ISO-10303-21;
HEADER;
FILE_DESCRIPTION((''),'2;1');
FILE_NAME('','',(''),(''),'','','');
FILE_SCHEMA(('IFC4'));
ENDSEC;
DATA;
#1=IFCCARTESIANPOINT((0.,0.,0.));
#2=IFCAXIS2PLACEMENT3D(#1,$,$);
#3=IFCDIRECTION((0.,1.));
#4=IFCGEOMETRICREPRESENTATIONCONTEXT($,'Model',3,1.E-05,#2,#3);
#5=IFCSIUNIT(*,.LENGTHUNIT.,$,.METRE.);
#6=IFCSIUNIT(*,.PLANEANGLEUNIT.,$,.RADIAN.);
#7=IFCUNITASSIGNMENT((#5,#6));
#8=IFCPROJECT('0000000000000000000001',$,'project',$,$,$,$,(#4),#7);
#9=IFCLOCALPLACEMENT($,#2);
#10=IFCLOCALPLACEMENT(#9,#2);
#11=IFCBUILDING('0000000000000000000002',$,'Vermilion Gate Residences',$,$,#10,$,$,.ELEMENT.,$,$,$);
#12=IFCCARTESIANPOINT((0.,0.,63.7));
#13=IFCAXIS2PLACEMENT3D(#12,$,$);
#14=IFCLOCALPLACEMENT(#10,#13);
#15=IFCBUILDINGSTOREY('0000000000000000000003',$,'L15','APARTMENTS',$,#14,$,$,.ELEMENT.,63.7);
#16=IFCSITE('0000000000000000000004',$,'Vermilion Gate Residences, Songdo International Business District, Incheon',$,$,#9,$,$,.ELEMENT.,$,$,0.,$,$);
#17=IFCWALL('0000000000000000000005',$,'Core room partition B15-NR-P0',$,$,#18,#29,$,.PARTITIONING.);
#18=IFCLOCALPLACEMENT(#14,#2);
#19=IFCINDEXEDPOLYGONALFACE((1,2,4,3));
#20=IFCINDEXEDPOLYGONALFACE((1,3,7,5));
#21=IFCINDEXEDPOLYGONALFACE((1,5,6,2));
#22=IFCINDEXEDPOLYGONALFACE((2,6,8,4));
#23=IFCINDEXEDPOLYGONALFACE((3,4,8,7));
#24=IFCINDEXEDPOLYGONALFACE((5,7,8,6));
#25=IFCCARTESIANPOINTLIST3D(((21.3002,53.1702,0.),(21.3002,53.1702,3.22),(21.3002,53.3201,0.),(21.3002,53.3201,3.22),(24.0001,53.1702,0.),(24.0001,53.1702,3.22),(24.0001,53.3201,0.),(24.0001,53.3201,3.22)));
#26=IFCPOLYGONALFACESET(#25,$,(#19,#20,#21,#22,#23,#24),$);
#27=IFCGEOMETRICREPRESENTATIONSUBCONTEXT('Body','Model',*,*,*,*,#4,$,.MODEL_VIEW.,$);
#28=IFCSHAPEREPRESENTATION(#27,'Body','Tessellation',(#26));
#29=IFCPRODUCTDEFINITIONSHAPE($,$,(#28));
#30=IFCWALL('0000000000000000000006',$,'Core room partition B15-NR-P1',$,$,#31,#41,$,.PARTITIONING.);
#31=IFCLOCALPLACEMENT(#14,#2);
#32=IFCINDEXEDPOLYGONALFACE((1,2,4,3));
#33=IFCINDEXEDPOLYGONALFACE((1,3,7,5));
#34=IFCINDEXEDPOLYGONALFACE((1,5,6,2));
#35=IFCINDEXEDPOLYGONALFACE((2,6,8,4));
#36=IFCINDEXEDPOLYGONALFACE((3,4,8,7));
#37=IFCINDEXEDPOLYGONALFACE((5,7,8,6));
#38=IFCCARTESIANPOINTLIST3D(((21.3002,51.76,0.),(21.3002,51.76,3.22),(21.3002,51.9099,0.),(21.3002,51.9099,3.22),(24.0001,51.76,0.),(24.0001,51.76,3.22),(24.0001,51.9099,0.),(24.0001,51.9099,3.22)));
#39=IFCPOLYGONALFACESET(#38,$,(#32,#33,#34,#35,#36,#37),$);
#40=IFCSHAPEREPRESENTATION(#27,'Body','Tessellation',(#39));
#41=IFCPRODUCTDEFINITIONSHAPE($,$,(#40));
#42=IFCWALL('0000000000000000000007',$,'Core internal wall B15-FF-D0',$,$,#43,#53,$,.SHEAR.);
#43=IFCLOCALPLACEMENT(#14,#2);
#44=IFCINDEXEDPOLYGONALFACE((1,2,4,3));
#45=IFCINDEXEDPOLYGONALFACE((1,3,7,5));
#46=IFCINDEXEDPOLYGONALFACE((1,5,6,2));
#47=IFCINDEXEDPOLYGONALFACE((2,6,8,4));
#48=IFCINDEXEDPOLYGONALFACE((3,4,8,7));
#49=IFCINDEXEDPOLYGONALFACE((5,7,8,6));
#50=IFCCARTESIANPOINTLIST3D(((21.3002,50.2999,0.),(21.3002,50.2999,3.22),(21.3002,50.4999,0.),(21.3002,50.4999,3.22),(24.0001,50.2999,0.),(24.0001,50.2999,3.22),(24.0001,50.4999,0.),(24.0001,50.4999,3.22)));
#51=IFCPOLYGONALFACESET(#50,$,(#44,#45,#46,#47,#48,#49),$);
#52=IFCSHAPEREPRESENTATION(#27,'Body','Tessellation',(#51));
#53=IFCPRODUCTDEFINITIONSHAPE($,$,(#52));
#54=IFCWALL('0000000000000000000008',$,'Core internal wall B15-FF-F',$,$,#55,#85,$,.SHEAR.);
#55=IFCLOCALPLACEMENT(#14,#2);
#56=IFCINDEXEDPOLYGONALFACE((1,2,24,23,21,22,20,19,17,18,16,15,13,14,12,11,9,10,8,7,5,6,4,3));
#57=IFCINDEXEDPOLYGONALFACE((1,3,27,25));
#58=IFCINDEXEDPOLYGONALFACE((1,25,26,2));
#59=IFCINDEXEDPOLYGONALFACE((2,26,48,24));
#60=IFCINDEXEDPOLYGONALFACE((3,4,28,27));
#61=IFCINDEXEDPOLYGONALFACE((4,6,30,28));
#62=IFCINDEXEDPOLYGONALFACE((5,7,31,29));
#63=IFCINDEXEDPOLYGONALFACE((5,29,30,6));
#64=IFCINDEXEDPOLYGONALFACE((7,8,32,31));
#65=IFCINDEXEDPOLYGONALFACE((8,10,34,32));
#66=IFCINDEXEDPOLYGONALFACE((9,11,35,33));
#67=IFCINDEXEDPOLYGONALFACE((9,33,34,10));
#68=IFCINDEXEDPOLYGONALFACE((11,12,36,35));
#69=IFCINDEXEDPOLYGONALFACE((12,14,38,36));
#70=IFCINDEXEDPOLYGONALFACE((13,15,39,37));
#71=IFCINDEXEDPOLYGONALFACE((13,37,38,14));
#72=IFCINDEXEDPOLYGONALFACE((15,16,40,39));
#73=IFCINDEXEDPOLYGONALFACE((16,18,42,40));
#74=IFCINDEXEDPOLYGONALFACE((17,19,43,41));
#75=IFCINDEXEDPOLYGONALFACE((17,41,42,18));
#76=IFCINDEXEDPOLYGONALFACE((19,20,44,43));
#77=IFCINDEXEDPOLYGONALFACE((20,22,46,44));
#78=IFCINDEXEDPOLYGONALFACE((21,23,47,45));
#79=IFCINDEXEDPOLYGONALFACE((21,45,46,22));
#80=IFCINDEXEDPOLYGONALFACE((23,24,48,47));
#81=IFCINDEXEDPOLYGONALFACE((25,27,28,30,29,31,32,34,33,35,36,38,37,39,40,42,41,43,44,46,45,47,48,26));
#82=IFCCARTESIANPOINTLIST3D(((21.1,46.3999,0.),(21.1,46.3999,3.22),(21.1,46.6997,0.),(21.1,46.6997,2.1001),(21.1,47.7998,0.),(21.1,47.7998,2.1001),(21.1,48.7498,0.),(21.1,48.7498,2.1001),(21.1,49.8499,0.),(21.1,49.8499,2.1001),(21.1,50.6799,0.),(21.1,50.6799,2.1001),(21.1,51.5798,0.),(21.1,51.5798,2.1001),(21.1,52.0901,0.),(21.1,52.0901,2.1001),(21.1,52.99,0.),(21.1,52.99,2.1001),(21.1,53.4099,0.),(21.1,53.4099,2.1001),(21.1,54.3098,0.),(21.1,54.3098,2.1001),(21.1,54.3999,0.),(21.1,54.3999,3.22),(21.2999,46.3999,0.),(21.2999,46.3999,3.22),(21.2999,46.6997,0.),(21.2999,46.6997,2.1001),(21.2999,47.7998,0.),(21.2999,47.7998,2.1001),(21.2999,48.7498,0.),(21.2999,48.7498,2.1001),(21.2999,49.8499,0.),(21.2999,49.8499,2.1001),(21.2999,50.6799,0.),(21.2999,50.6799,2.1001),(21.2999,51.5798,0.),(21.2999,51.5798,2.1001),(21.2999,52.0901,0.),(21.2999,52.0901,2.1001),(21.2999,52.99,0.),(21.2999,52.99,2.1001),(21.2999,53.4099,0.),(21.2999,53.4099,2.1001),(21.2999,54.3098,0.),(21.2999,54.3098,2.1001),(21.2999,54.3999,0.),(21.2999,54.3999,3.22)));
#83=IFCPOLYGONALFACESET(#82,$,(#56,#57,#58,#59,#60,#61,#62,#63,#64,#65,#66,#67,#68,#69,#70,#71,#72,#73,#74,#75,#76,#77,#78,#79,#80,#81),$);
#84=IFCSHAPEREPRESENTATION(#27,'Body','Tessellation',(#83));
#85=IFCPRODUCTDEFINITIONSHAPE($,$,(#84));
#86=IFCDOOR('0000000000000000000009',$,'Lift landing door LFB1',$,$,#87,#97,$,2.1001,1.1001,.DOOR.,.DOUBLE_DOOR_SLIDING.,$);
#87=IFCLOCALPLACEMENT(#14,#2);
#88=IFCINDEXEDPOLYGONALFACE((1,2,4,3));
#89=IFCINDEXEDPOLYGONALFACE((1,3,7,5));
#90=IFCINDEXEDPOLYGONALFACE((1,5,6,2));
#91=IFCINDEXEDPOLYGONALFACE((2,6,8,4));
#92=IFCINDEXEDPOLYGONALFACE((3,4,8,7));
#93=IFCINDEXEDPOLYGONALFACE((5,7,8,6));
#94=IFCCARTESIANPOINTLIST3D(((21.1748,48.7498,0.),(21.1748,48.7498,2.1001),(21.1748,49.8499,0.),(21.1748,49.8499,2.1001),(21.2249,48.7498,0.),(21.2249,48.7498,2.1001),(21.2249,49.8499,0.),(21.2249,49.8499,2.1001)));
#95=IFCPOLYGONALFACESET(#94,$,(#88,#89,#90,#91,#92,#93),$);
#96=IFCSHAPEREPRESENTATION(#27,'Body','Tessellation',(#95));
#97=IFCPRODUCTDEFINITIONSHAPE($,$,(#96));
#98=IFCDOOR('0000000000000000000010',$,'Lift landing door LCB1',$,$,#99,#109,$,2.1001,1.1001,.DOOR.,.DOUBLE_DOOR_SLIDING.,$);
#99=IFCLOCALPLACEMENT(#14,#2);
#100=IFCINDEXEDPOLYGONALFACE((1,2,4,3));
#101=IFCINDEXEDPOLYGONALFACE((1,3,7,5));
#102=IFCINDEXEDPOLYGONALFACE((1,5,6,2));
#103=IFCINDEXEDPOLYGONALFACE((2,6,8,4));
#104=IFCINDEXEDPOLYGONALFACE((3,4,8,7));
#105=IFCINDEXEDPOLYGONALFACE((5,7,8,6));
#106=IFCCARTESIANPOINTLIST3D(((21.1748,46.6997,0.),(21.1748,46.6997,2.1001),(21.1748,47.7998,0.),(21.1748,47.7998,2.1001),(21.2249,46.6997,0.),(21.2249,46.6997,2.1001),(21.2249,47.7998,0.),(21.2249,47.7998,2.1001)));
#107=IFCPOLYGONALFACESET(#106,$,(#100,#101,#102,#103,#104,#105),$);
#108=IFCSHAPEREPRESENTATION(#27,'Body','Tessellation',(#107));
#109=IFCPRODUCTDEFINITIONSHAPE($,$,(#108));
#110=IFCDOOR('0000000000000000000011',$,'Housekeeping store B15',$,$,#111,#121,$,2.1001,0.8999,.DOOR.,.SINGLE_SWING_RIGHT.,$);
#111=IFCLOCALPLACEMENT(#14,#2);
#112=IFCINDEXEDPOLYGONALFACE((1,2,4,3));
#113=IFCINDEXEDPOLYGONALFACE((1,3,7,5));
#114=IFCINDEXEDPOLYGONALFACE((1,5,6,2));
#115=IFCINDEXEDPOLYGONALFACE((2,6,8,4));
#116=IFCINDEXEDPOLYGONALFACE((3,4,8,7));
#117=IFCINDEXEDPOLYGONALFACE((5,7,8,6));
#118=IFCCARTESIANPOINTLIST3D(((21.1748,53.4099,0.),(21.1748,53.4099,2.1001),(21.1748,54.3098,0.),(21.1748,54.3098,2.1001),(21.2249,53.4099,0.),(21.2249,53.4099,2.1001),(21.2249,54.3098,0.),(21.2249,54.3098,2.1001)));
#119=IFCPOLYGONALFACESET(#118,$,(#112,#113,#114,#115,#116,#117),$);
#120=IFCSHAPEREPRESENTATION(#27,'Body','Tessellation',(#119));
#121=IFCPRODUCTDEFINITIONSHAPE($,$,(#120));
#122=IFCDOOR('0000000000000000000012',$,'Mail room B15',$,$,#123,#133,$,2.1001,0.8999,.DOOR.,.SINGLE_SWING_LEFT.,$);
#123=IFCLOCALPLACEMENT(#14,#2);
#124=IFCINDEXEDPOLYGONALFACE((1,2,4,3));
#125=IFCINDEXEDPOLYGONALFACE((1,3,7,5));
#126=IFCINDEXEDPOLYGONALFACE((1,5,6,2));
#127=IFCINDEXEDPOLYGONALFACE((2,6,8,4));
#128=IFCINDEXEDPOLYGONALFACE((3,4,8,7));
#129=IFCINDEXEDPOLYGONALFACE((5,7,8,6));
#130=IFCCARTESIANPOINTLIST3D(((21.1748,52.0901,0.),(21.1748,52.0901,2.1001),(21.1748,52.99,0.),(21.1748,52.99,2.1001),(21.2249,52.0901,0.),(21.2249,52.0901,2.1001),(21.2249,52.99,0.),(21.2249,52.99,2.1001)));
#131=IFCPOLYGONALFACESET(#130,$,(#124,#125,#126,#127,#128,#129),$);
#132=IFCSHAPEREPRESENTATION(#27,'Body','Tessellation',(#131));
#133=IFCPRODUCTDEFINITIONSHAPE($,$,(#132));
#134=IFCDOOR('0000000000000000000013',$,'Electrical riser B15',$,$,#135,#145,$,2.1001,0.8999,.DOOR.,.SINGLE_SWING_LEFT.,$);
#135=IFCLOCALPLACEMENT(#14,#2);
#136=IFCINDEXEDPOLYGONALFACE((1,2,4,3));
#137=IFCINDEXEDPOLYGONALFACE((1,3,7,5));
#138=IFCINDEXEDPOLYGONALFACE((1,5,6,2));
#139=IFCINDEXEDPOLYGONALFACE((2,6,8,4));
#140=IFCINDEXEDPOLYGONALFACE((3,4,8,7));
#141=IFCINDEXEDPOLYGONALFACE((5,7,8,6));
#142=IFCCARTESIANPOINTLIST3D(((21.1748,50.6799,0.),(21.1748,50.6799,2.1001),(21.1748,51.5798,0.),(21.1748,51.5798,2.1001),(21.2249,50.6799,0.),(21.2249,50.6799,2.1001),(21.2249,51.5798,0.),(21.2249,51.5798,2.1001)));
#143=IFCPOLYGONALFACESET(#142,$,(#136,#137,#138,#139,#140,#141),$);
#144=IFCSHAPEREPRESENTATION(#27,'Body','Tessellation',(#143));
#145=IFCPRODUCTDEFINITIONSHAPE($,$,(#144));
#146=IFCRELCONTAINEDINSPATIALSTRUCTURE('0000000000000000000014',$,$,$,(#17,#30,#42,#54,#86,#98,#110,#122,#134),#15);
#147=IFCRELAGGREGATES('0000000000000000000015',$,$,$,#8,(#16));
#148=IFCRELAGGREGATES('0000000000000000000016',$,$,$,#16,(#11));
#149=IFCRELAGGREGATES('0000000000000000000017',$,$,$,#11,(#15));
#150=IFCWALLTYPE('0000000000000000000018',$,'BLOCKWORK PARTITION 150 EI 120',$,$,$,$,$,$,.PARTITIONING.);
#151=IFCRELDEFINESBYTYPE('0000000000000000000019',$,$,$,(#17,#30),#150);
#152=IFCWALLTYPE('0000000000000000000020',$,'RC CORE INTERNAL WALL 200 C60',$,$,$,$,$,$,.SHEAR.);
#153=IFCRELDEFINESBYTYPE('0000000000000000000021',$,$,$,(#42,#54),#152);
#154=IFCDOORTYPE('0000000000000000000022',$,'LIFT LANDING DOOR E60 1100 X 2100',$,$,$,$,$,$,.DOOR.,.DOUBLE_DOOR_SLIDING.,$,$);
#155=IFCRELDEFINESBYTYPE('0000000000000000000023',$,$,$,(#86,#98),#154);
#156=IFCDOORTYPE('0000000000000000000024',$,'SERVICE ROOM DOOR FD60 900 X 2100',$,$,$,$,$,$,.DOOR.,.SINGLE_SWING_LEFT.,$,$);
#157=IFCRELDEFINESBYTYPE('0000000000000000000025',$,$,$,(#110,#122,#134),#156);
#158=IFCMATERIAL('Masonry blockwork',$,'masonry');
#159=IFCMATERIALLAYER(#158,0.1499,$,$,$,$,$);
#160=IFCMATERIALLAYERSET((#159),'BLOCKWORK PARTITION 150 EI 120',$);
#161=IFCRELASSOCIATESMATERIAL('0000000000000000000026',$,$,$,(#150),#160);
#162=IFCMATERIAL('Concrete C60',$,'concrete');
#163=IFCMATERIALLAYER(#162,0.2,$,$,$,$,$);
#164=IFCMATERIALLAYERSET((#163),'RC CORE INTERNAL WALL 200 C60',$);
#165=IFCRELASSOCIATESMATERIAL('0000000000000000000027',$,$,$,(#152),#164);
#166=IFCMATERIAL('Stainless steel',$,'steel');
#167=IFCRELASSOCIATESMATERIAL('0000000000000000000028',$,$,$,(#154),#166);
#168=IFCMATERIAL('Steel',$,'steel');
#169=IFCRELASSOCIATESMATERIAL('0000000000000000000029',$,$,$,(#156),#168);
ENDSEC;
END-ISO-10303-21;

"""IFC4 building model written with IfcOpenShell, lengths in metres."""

from ifc_helpers import new_model, si_unit, direction, frame, frame_2d, origin, place, context, subcontext, project, spatial, rectangle, extrude, material, layer, layer_set, type_object, element, fill, save


model = new_model("IFC4")

# Units and contexts
model_context = context("Model", 3, precision=1e-05, world=origin(), true_north=direction((0.0, 1.0)))
body_context = subcontext(model_context, "Body", "Model", "MODEL_VIEW")
ifc_project = project(units=[si_unit("LENGTHUNIT", "METRE"), si_unit("PLANEANGLEUNIT", "RADIAN")], contexts=[model_context])

# Site, building, storey
site_placement = place(None, origin())
site = spatial("IfcSite", under=ifc_project, at=site_placement, Name="Vermilion Gate Residences, Songdo International Business District, Incheon", CompositionType="ELEMENT", RefElevation=0.0)
building_placement = place(site_placement, origin())
building = spatial("IfcBuilding", under=site, at=building_placement, Name="Vermilion Gate Residences", CompositionType="ELEMENT")
storey_placement = place(building_placement, frame((0.0, 0.0, 63.7)))
storey = spatial("IfcBuildingStorey", under=building, at=storey_placement, Name="L15", Description="APARTMENTS", CompositionType="ELEMENT", Elevation=63.7)

# Walls
ifc_material_1 = material(Name="Masonry blockwork", Category="masonry")
ifc_layer_1 = layer(ifc_material_1, 0.1499)
ifc_layer_set_1 = layer_set([ifc_layer_1], Name="BLOCKWORK PARTITION 150 EI 120")
wall_type_1 = type_object("IfcWallType", Name="BLOCKWORK PARTITION 150 EI 120", PredefinedType="PARTITIONING", material=ifc_layer_set_1)
for number, where, z_axis, x_axis, name in (
    (1, (21.3, 53.2451, 0.0), (0.0, 0.0, 1.0), (1.0, 0.0, 0.0), "Core room partition B15-NR-P0"),
    (2, (21.3, 51.835, 0.0), (0.0, 0.0, 1.0), (1.0, 0.0, 0.0), "Core room partition B15-NR-P1"),
):
    element("IfcWall", number, at=place(storey_placement, frame(where, z_axis=z_axis, x_axis=x_axis)), inside=storey, type_object=wall_type_1, Name=name, PredefinedType="PARTITIONING", context=body_context, shape_type="SweptSolid", body=[
        extrude(rectangle(XDim=2.7, YDim=0.1499, at=frame_2d((1.3501, 0.0))), origin(), (0.0, 0.0, 1.0), 3.22),
    ])
ifc_material_2 = material(Name="Concrete C60", Category="concrete")
ifc_layer_2 = layer(ifc_material_2, 0.2)
ifc_layer_set_2 = layer_set([ifc_layer_2], Name="RC CORE INTERNAL WALL 200 C60")
wall_type_2 = type_object("IfcWallType", Name="RC CORE INTERNAL WALL 200 C60", PredefinedType="SHEAR", material=ifc_layer_set_2)
wall_1_placement = place(storey_placement, frame((21.3, 50.3999, 0.0), z_axis=(0.0, 0.0, 1.0), x_axis=(1.0, 0.0, 0.0)))
element("IfcWall", 3, at=wall_1_placement, inside=storey, type_object=wall_type_2, Name="Core internal wall B15-FF-D0", PredefinedType="SHEAR", context=body_context, shape_type="SweptSolid", body=[
    extrude(rectangle(XDim=2.7, YDim=0.2, at=frame_2d((1.3501, 0.0))), origin(), (0.0, 0.0, 1.0), 3.22),
])

# Wall, openings, doors
wall_2_placement = place(storey_placement, frame((21.2, 54.3999, 0.0), z_axis=(0.0, 0.0, 1.0), x_axis=(0.0, -1.0, 0.0)))
wall_2 = element("IfcWall", 4, at=wall_2_placement, inside=storey, type_object=wall_type_2, Name="Core internal wall B15-FF-F", PredefinedType="SHEAR", context=body_context, shape_type="SweptSolid", body=[
    extrude(rectangle(XDim=8.0, YDim=0.2, at=frame_2d((4.0, 0.0))), origin(), (0.0, 0.0, 1.0), 3.22),
])
opening_1_placement = place(wall_2_placement, frame((0.0901, 0.0, 0.0)))
opening_1 = element("IfcOpeningElement", 5, at=opening_1_placement, cuts=wall_2, PredefinedType="OPENING", context=body_context, shape_type="SweptSolid", body=[
    extrude(rectangle(XDim=0.8999, YDim=2.1001, at=frame_2d((0.45, 1.05))), frame((0.0, 0.1099, 0.0), z_axis=(0.0, -1.0, 0.0), x_axis=(1.0, 0.0, 0.0)), (0.0, 0.0, 1.0), 0.22),
])
opening_2_placement = place(wall_2_placement, frame((1.4099, 0.0, 0.0)))
opening_2 = element("IfcOpeningElement", 6, at=opening_2_placement, cuts=wall_2, PredefinedType="OPENING", context=body_context, shape_type="SweptSolid", body=[
    extrude(rectangle(XDim=0.8999, YDim=2.1001, at=frame_2d((0.45, 1.05))), frame((0.0, 0.1099, 0.0), z_axis=(0.0, -1.0, 0.0), x_axis=(1.0, 0.0, 0.0)), (0.0, 0.0, 1.0), 0.22),
])
opening_3_placement = place(wall_2_placement, frame((2.8201, 0.0, 0.0)))
opening_3 = element("IfcOpeningElement", 7, at=opening_3_placement, cuts=wall_2, PredefinedType="OPENING", context=body_context, shape_type="SweptSolid", body=[
    extrude(rectangle(XDim=0.8999, YDim=2.1001, at=frame_2d((0.45, 1.05))), frame((0.0, 0.1099, 0.0), z_axis=(0.0, -1.0, 0.0), x_axis=(1.0, 0.0, 0.0)), (0.0, 0.0, 1.0), 0.22),
])
opening_4_placement = place(wall_2_placement, frame((4.55, 0.0, 0.0)))
opening_4 = element("IfcOpeningElement", 8, at=opening_4_placement, cuts=wall_2, PredefinedType="OPENING", context=body_context, shape_type="SweptSolid", body=[
    extrude(rectangle(XDim=1.1001, YDim=2.1001, at=frame_2d((0.55, 1.05))), frame((0.0, 0.1099, 0.0), z_axis=(0.0, -1.0, 0.0), x_axis=(1.0, 0.0, 0.0)), (0.0, 0.0, 1.0), 0.22),
])
opening_5_placement = place(wall_2_placement, frame((6.6001, 0.0, 0.0)))
opening_5 = element("IfcOpeningElement", 9, at=opening_5_placement, cuts=wall_2, PredefinedType="OPENING", context=body_context, shape_type="SweptSolid", body=[
    extrude(rectangle(XDim=1.1001, YDim=2.1001, at=frame_2d((0.55, 1.05))), frame((0.0, 0.1099, 0.0), z_axis=(0.0, -1.0, 0.0), x_axis=(1.0, 0.0, 0.0)), (0.0, 0.0, 1.0), 0.22),
])
ifc_material_3 = material(Name="Stainless steel", Category="steel")
door_type_1 = type_object("IfcDoorType", Name="LIFT LANDING DOOR E60 1100 X 2100", OperationType="DOUBLE_DOOR_SLIDING", PredefinedType="DOOR", material=ifc_material_3)
door_1_placement = place(opening_4_placement, origin())
door_1 = element("IfcDoor", 10, at=door_1_placement, inside=storey, type_object=door_type_1, Name="Lift landing door LFB1", OperationType="DOUBLE_DOOR_SLIDING", OverallHeight=2.1001, OverallWidth=1.1001, PredefinedType="DOOR", context=body_context, shape_type="SweptSolid", body=[
    extrude(rectangle(XDim=1.1001, YDim=2.1001, at=frame_2d((0.55, 1.05))), frame((0.0, 0.0249, 0.0), z_axis=(0.0, -1.0, 0.0), x_axis=(1.0, 0.0, 0.0)), (0.0, 0.0, 1.0), 0.05),
])
fill(opening_4, door_1)
door_2_placement = place(opening_5_placement, origin())
door_2 = element("IfcDoor", 11, at=door_2_placement, inside=storey, type_object=door_type_1, Name="Lift landing door LCB1", OperationType="DOUBLE_DOOR_SLIDING", OverallHeight=2.1001, OverallWidth=1.1001, PredefinedType="DOOR", context=body_context, shape_type="SweptSolid", body=[
    extrude(rectangle(XDim=1.1001, YDim=2.1001, at=frame_2d((0.55, 1.05))), frame((0.0, 0.0249, 0.0), z_axis=(0.0, -1.0, 0.0), x_axis=(1.0, 0.0, 0.0)), (0.0, 0.0, 1.0), 0.05),
])
fill(opening_5, door_2)
ifc_material_4 = material(Name="Steel", Category="steel")
door_type_2 = type_object("IfcDoorType", Name="SERVICE ROOM DOOR FD60 900 X 2100", OperationType="SINGLE_SWING_LEFT", PredefinedType="DOOR", material=ifc_material_4)
door_3_placement = place(opening_1_placement, origin())
door_3 = element("IfcDoor", 12, at=door_3_placement, inside=storey, type_object=door_type_2, Name="Housekeeping store B15", OperationType="SINGLE_SWING_RIGHT", OverallHeight=2.1001, OverallWidth=0.8999, PredefinedType="DOOR", context=body_context, shape_type="SweptSolid", body=[
    extrude(rectangle(XDim=0.8999, YDim=2.1001, at=frame_2d((0.45, 1.05))), frame((0.0, 0.0249, 0.0), z_axis=(0.0, -1.0, 0.0), x_axis=(1.0, 0.0, 0.0)), (0.0, 0.0, 1.0), 0.05),
])
fill(opening_1, door_3)
door_4_placement = place(opening_2_placement, origin())
door_4 = element("IfcDoor", 13, at=door_4_placement, inside=storey, type_object=door_type_2, Name="Mail room B15", OperationType="SINGLE_SWING_LEFT", OverallHeight=2.1001, OverallWidth=0.8999, PredefinedType="DOOR", context=body_context, shape_type="SweptSolid", body=[
    extrude(rectangle(XDim=0.8999, YDim=2.1001, at=frame_2d((0.45, 1.05))), frame((0.0, 0.0249, 0.0), z_axis=(0.0, -1.0, 0.0), x_axis=(1.0, 0.0, 0.0)), (0.0, 0.0, 1.0), 0.05),
])
fill(opening_2, door_4)
door_5_placement = place(opening_3_placement, origin())
door_5 = element("IfcDoor", 14, at=door_5_placement, inside=storey, type_object=door_type_2, Name="Electrical riser B15", OperationType="SINGLE_SWING_LEFT", OverallHeight=2.1001, OverallWidth=0.8999, PredefinedType="DOOR", context=body_context, shape_type="SweptSolid", body=[
    extrude(rectangle(XDim=0.8999, YDim=2.1001, at=frame_2d((0.45, 1.05))), frame((0.0, 0.0249, 0.0), z_axis=(0.0, -1.0, 0.0), x_axis=(1.0, 0.0, 0.0)), (0.0, 0.0, 1.0), 0.05),
])
fill(opening_3, door_5)

save(model, "model.ifc")
